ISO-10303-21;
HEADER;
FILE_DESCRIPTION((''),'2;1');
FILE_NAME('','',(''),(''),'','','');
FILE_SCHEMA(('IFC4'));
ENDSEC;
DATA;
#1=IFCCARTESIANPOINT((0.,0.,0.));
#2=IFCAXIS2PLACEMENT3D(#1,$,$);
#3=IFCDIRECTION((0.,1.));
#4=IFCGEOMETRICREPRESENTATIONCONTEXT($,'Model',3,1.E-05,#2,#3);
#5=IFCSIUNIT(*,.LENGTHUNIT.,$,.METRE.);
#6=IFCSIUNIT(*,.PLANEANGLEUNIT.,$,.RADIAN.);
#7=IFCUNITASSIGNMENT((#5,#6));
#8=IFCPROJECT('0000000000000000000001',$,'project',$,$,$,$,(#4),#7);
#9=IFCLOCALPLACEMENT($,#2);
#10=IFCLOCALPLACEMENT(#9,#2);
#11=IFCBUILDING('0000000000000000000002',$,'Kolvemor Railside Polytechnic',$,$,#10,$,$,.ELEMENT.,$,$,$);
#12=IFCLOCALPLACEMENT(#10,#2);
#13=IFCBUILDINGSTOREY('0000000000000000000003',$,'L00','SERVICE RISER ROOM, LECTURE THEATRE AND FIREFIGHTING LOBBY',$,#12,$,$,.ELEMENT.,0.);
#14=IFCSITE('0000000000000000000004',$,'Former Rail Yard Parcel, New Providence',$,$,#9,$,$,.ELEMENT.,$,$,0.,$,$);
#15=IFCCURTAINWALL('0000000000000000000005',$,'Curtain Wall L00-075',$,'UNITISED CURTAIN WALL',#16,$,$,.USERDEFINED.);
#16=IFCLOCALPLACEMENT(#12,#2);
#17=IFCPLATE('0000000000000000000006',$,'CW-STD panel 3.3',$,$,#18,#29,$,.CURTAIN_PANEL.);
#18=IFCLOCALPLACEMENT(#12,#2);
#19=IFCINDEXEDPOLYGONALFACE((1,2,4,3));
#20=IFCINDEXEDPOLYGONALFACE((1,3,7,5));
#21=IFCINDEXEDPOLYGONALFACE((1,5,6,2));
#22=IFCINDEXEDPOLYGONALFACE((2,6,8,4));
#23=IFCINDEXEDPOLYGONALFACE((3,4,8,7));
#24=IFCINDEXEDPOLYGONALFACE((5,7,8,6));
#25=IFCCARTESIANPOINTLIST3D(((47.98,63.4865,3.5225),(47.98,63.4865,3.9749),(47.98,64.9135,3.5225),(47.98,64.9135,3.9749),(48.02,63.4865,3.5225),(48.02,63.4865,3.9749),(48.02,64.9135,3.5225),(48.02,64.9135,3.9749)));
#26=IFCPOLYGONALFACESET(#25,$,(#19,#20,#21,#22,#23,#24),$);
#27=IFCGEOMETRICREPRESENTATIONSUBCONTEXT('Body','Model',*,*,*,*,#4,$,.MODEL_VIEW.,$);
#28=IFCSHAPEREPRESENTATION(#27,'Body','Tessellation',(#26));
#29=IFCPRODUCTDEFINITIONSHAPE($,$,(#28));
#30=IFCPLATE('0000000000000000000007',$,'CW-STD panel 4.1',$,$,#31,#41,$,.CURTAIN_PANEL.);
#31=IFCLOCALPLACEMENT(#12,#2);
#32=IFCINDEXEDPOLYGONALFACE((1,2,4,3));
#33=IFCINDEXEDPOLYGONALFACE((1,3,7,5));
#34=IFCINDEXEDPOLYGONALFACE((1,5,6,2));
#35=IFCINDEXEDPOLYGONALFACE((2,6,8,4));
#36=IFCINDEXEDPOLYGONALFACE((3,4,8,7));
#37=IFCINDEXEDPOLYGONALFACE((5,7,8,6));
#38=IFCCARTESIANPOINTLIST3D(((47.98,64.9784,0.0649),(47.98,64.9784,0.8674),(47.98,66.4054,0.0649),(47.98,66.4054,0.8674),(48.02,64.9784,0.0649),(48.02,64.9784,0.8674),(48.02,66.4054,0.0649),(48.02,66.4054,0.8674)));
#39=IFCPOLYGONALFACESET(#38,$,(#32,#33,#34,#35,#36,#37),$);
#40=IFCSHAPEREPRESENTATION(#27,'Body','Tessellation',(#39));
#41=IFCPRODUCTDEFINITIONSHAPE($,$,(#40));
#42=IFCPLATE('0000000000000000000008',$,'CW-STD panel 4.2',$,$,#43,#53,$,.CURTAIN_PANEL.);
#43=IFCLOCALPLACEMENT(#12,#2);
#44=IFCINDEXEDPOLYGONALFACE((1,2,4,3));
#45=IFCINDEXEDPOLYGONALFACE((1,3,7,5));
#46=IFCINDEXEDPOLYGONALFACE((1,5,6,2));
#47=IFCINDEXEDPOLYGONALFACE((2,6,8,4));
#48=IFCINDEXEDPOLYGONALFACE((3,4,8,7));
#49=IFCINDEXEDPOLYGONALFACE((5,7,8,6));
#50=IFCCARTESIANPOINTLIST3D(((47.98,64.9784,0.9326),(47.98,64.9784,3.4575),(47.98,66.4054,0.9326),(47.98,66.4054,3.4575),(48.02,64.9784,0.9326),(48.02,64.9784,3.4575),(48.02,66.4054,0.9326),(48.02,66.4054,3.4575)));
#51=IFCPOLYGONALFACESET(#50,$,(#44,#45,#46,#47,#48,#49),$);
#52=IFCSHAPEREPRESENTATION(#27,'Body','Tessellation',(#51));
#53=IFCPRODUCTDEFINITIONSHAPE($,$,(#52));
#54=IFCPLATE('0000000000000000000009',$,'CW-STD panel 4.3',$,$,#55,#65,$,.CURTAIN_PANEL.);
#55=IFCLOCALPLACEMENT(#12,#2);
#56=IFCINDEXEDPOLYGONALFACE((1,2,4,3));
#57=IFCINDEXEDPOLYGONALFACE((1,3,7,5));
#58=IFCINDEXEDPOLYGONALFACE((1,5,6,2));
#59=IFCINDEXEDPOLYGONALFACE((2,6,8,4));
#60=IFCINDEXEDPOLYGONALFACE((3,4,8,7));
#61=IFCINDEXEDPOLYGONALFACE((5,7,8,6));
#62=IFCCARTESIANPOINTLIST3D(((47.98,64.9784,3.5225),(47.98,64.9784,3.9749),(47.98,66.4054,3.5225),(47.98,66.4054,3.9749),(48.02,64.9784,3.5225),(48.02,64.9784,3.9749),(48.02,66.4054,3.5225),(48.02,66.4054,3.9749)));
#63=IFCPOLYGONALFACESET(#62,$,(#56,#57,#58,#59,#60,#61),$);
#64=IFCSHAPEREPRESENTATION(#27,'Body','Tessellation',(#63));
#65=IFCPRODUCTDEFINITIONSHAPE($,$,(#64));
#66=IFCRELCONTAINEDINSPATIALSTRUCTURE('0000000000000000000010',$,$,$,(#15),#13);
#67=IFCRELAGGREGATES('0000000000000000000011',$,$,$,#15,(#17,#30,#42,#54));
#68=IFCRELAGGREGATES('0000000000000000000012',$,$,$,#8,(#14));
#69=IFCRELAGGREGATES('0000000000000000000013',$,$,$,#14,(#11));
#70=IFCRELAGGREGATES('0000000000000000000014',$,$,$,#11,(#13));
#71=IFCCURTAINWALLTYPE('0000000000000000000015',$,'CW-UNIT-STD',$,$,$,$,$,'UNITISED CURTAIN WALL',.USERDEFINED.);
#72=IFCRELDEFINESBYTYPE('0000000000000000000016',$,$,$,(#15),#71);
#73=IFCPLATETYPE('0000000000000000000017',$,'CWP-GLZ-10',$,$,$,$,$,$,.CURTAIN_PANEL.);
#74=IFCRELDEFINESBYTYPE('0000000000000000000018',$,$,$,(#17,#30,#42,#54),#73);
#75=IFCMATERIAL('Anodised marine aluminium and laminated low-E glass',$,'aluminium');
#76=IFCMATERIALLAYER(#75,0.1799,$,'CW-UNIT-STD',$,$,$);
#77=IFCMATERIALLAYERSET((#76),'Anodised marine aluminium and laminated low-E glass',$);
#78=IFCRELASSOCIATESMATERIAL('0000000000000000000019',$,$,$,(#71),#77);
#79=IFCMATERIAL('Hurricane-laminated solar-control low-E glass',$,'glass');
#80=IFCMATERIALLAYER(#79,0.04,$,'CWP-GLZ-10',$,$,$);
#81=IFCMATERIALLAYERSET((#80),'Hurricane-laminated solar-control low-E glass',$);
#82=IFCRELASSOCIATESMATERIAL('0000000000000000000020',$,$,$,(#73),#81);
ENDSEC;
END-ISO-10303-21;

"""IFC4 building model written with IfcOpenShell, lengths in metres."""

from ifc_helpers import new_model, si_unit, direction, frame, origin, origin_2d, place, context, subcontext, project, spatial, rectangle, extrude, material, layer, layer_set, type_object, element, aggregate, save


model = new_model("IFC4")

# Units and contexts
model_context = context("Model", 3, precision=1e-05, world=origin(), true_north=direction((0.0, 1.0)))
body_context = subcontext(model_context, "Body", "Model", "MODEL_VIEW")
ifc_project = project(units=[si_unit("LENGTHUNIT", "METRE"), si_unit("PLANEANGLEUNIT", "RADIAN")], contexts=[model_context])

# Site, building, storey
site_placement = place(None, origin())
site = spatial("IfcSite", under=ifc_project, at=site_placement, Name="Former Rail Yard Parcel, New Providence", CompositionType="ELEMENT", RefElevation=0.0)
building_placement = place(site_placement, origin())
building = spatial("IfcBuilding", under=site, at=building_placement, Name="Kolvemor Railside Polytechnic", CompositionType="ELEMENT")
storey_placement = place(building_placement, origin())
storey = spatial("IfcBuildingStorey", under=building, at=storey_placement, Name="L00", Description="SERVICE RISER ROOM, LECTURE THEATRE AND FIREFIGHTING LOBBY", CompositionType="ELEMENT", Elevation=0.0)

# Curtain wall, plates
ifc_material_1 = material(Name="Anodised marine aluminium and laminated low-E glass", Category="aluminium")
ifc_layer_1 = layer(ifc_material_1, 0.1799, Name="CW-UNIT-STD")
ifc_layer_set_1 = layer_set([ifc_layer_1], Name="Anodised marine aluminium and laminated low-E glass")
curtain_wall_type = type_object("IfcCurtainWallType", Name="CW-UNIT-STD", ElementType="UNITISED CURTAIN WALL", PredefinedType="USERDEFINED", material=ifc_layer_set_1)
curtain_wall_placement = place(storey_placement, origin())
curtain_wall = element("IfcCurtainWall", 1, at=curtain_wall_placement, inside=storey, type_object=curtain_wall_type, Name="Curtain Wall L00-075", ObjectType="UNITISED CURTAIN WALL", PredefinedType="USERDEFINED")
ifc_material_2 = material(Name="Hurricane-laminated solar-control low-E glass", Category="glass")
ifc_layer_2 = layer(ifc_material_2, 0.04, Name="CWP-GLZ-10")
ifc_layer_set_2 = layer_set([ifc_layer_2], Name="Hurricane-laminated solar-control low-E glass")
plate_type = type_object("IfcPlateType", Name="CWP-GLZ-10", PredefinedType="CURTAIN_PANEL", material=ifc_layer_set_2)
plate_1_placement = place(storey_placement, frame((48.0, 64.2, 3.5225), z_axis=(0.0, 0.0, 1.0), x_axis=(0.0, 1.0, 0.0)))
plate_1 = element("IfcPlate", 2, at=plate_1_placement, type_object=plate_type, Name="CW-STD panel 3.3", PredefinedType="CURTAIN_PANEL", context=body_context, shape_type="SweptSolid", body=[
    extrude(rectangle(XDim=1.427, YDim=0.04, at=origin_2d()), origin(), (0.0, 0.0, 1.0), 0.4524),
])
plate_2_placement = place(storey_placement, frame((48.0, 65.6919, 0.0649), z_axis=(0.0, 0.0, 1.0), x_axis=(0.0, 1.0, 0.0)))
plate_2 = element("IfcPlate", 3, at=plate_2_placement, type_object=plate_type, Name="CW-STD panel 4.1", PredefinedType="CURTAIN_PANEL", context=body_context, shape_type="SweptSolid", body=[
    extrude(rectangle(XDim=1.427, YDim=0.04, at=origin_2d()), origin(), (0.0, 0.0, 1.0), 0.8025),
])
plate_3_placement = place(storey_placement, frame((48.0, 65.6919, 0.9326), z_axis=(0.0, 0.0, 1.0), x_axis=(0.0, 1.0, 0.0)))
plate_3 = element("IfcPlate", 4, at=plate_3_placement, type_object=plate_type, Name="CW-STD panel 4.2", PredefinedType="CURTAIN_PANEL", context=body_context, shape_type="SweptSolid", body=[
    extrude(rectangle(XDim=1.427, YDim=0.04, at=origin_2d()), origin(), (0.0, 0.0, 1.0), 2.5249),
])
plate_4_placement = place(storey_placement, frame((48.0, 65.6919, 3.5225), z_axis=(0.0, 0.0, 1.0), x_axis=(0.0, 1.0, 0.0)))
plate_4 = element("IfcPlate", 5, at=plate_4_placement, type_object=plate_type, Name="CW-STD panel 4.3", PredefinedType="CURTAIN_PANEL", context=body_context, shape_type="SweptSolid", body=[
    extrude(rectangle(XDim=1.427, YDim=0.04, at=origin_2d()), origin(), (0.0, 0.0, 1.0), 0.4524),
])
aggregate(curtain_wall, [plate_1, plate_2, plate_3, plate_4])

save(model, "model.ifc")
